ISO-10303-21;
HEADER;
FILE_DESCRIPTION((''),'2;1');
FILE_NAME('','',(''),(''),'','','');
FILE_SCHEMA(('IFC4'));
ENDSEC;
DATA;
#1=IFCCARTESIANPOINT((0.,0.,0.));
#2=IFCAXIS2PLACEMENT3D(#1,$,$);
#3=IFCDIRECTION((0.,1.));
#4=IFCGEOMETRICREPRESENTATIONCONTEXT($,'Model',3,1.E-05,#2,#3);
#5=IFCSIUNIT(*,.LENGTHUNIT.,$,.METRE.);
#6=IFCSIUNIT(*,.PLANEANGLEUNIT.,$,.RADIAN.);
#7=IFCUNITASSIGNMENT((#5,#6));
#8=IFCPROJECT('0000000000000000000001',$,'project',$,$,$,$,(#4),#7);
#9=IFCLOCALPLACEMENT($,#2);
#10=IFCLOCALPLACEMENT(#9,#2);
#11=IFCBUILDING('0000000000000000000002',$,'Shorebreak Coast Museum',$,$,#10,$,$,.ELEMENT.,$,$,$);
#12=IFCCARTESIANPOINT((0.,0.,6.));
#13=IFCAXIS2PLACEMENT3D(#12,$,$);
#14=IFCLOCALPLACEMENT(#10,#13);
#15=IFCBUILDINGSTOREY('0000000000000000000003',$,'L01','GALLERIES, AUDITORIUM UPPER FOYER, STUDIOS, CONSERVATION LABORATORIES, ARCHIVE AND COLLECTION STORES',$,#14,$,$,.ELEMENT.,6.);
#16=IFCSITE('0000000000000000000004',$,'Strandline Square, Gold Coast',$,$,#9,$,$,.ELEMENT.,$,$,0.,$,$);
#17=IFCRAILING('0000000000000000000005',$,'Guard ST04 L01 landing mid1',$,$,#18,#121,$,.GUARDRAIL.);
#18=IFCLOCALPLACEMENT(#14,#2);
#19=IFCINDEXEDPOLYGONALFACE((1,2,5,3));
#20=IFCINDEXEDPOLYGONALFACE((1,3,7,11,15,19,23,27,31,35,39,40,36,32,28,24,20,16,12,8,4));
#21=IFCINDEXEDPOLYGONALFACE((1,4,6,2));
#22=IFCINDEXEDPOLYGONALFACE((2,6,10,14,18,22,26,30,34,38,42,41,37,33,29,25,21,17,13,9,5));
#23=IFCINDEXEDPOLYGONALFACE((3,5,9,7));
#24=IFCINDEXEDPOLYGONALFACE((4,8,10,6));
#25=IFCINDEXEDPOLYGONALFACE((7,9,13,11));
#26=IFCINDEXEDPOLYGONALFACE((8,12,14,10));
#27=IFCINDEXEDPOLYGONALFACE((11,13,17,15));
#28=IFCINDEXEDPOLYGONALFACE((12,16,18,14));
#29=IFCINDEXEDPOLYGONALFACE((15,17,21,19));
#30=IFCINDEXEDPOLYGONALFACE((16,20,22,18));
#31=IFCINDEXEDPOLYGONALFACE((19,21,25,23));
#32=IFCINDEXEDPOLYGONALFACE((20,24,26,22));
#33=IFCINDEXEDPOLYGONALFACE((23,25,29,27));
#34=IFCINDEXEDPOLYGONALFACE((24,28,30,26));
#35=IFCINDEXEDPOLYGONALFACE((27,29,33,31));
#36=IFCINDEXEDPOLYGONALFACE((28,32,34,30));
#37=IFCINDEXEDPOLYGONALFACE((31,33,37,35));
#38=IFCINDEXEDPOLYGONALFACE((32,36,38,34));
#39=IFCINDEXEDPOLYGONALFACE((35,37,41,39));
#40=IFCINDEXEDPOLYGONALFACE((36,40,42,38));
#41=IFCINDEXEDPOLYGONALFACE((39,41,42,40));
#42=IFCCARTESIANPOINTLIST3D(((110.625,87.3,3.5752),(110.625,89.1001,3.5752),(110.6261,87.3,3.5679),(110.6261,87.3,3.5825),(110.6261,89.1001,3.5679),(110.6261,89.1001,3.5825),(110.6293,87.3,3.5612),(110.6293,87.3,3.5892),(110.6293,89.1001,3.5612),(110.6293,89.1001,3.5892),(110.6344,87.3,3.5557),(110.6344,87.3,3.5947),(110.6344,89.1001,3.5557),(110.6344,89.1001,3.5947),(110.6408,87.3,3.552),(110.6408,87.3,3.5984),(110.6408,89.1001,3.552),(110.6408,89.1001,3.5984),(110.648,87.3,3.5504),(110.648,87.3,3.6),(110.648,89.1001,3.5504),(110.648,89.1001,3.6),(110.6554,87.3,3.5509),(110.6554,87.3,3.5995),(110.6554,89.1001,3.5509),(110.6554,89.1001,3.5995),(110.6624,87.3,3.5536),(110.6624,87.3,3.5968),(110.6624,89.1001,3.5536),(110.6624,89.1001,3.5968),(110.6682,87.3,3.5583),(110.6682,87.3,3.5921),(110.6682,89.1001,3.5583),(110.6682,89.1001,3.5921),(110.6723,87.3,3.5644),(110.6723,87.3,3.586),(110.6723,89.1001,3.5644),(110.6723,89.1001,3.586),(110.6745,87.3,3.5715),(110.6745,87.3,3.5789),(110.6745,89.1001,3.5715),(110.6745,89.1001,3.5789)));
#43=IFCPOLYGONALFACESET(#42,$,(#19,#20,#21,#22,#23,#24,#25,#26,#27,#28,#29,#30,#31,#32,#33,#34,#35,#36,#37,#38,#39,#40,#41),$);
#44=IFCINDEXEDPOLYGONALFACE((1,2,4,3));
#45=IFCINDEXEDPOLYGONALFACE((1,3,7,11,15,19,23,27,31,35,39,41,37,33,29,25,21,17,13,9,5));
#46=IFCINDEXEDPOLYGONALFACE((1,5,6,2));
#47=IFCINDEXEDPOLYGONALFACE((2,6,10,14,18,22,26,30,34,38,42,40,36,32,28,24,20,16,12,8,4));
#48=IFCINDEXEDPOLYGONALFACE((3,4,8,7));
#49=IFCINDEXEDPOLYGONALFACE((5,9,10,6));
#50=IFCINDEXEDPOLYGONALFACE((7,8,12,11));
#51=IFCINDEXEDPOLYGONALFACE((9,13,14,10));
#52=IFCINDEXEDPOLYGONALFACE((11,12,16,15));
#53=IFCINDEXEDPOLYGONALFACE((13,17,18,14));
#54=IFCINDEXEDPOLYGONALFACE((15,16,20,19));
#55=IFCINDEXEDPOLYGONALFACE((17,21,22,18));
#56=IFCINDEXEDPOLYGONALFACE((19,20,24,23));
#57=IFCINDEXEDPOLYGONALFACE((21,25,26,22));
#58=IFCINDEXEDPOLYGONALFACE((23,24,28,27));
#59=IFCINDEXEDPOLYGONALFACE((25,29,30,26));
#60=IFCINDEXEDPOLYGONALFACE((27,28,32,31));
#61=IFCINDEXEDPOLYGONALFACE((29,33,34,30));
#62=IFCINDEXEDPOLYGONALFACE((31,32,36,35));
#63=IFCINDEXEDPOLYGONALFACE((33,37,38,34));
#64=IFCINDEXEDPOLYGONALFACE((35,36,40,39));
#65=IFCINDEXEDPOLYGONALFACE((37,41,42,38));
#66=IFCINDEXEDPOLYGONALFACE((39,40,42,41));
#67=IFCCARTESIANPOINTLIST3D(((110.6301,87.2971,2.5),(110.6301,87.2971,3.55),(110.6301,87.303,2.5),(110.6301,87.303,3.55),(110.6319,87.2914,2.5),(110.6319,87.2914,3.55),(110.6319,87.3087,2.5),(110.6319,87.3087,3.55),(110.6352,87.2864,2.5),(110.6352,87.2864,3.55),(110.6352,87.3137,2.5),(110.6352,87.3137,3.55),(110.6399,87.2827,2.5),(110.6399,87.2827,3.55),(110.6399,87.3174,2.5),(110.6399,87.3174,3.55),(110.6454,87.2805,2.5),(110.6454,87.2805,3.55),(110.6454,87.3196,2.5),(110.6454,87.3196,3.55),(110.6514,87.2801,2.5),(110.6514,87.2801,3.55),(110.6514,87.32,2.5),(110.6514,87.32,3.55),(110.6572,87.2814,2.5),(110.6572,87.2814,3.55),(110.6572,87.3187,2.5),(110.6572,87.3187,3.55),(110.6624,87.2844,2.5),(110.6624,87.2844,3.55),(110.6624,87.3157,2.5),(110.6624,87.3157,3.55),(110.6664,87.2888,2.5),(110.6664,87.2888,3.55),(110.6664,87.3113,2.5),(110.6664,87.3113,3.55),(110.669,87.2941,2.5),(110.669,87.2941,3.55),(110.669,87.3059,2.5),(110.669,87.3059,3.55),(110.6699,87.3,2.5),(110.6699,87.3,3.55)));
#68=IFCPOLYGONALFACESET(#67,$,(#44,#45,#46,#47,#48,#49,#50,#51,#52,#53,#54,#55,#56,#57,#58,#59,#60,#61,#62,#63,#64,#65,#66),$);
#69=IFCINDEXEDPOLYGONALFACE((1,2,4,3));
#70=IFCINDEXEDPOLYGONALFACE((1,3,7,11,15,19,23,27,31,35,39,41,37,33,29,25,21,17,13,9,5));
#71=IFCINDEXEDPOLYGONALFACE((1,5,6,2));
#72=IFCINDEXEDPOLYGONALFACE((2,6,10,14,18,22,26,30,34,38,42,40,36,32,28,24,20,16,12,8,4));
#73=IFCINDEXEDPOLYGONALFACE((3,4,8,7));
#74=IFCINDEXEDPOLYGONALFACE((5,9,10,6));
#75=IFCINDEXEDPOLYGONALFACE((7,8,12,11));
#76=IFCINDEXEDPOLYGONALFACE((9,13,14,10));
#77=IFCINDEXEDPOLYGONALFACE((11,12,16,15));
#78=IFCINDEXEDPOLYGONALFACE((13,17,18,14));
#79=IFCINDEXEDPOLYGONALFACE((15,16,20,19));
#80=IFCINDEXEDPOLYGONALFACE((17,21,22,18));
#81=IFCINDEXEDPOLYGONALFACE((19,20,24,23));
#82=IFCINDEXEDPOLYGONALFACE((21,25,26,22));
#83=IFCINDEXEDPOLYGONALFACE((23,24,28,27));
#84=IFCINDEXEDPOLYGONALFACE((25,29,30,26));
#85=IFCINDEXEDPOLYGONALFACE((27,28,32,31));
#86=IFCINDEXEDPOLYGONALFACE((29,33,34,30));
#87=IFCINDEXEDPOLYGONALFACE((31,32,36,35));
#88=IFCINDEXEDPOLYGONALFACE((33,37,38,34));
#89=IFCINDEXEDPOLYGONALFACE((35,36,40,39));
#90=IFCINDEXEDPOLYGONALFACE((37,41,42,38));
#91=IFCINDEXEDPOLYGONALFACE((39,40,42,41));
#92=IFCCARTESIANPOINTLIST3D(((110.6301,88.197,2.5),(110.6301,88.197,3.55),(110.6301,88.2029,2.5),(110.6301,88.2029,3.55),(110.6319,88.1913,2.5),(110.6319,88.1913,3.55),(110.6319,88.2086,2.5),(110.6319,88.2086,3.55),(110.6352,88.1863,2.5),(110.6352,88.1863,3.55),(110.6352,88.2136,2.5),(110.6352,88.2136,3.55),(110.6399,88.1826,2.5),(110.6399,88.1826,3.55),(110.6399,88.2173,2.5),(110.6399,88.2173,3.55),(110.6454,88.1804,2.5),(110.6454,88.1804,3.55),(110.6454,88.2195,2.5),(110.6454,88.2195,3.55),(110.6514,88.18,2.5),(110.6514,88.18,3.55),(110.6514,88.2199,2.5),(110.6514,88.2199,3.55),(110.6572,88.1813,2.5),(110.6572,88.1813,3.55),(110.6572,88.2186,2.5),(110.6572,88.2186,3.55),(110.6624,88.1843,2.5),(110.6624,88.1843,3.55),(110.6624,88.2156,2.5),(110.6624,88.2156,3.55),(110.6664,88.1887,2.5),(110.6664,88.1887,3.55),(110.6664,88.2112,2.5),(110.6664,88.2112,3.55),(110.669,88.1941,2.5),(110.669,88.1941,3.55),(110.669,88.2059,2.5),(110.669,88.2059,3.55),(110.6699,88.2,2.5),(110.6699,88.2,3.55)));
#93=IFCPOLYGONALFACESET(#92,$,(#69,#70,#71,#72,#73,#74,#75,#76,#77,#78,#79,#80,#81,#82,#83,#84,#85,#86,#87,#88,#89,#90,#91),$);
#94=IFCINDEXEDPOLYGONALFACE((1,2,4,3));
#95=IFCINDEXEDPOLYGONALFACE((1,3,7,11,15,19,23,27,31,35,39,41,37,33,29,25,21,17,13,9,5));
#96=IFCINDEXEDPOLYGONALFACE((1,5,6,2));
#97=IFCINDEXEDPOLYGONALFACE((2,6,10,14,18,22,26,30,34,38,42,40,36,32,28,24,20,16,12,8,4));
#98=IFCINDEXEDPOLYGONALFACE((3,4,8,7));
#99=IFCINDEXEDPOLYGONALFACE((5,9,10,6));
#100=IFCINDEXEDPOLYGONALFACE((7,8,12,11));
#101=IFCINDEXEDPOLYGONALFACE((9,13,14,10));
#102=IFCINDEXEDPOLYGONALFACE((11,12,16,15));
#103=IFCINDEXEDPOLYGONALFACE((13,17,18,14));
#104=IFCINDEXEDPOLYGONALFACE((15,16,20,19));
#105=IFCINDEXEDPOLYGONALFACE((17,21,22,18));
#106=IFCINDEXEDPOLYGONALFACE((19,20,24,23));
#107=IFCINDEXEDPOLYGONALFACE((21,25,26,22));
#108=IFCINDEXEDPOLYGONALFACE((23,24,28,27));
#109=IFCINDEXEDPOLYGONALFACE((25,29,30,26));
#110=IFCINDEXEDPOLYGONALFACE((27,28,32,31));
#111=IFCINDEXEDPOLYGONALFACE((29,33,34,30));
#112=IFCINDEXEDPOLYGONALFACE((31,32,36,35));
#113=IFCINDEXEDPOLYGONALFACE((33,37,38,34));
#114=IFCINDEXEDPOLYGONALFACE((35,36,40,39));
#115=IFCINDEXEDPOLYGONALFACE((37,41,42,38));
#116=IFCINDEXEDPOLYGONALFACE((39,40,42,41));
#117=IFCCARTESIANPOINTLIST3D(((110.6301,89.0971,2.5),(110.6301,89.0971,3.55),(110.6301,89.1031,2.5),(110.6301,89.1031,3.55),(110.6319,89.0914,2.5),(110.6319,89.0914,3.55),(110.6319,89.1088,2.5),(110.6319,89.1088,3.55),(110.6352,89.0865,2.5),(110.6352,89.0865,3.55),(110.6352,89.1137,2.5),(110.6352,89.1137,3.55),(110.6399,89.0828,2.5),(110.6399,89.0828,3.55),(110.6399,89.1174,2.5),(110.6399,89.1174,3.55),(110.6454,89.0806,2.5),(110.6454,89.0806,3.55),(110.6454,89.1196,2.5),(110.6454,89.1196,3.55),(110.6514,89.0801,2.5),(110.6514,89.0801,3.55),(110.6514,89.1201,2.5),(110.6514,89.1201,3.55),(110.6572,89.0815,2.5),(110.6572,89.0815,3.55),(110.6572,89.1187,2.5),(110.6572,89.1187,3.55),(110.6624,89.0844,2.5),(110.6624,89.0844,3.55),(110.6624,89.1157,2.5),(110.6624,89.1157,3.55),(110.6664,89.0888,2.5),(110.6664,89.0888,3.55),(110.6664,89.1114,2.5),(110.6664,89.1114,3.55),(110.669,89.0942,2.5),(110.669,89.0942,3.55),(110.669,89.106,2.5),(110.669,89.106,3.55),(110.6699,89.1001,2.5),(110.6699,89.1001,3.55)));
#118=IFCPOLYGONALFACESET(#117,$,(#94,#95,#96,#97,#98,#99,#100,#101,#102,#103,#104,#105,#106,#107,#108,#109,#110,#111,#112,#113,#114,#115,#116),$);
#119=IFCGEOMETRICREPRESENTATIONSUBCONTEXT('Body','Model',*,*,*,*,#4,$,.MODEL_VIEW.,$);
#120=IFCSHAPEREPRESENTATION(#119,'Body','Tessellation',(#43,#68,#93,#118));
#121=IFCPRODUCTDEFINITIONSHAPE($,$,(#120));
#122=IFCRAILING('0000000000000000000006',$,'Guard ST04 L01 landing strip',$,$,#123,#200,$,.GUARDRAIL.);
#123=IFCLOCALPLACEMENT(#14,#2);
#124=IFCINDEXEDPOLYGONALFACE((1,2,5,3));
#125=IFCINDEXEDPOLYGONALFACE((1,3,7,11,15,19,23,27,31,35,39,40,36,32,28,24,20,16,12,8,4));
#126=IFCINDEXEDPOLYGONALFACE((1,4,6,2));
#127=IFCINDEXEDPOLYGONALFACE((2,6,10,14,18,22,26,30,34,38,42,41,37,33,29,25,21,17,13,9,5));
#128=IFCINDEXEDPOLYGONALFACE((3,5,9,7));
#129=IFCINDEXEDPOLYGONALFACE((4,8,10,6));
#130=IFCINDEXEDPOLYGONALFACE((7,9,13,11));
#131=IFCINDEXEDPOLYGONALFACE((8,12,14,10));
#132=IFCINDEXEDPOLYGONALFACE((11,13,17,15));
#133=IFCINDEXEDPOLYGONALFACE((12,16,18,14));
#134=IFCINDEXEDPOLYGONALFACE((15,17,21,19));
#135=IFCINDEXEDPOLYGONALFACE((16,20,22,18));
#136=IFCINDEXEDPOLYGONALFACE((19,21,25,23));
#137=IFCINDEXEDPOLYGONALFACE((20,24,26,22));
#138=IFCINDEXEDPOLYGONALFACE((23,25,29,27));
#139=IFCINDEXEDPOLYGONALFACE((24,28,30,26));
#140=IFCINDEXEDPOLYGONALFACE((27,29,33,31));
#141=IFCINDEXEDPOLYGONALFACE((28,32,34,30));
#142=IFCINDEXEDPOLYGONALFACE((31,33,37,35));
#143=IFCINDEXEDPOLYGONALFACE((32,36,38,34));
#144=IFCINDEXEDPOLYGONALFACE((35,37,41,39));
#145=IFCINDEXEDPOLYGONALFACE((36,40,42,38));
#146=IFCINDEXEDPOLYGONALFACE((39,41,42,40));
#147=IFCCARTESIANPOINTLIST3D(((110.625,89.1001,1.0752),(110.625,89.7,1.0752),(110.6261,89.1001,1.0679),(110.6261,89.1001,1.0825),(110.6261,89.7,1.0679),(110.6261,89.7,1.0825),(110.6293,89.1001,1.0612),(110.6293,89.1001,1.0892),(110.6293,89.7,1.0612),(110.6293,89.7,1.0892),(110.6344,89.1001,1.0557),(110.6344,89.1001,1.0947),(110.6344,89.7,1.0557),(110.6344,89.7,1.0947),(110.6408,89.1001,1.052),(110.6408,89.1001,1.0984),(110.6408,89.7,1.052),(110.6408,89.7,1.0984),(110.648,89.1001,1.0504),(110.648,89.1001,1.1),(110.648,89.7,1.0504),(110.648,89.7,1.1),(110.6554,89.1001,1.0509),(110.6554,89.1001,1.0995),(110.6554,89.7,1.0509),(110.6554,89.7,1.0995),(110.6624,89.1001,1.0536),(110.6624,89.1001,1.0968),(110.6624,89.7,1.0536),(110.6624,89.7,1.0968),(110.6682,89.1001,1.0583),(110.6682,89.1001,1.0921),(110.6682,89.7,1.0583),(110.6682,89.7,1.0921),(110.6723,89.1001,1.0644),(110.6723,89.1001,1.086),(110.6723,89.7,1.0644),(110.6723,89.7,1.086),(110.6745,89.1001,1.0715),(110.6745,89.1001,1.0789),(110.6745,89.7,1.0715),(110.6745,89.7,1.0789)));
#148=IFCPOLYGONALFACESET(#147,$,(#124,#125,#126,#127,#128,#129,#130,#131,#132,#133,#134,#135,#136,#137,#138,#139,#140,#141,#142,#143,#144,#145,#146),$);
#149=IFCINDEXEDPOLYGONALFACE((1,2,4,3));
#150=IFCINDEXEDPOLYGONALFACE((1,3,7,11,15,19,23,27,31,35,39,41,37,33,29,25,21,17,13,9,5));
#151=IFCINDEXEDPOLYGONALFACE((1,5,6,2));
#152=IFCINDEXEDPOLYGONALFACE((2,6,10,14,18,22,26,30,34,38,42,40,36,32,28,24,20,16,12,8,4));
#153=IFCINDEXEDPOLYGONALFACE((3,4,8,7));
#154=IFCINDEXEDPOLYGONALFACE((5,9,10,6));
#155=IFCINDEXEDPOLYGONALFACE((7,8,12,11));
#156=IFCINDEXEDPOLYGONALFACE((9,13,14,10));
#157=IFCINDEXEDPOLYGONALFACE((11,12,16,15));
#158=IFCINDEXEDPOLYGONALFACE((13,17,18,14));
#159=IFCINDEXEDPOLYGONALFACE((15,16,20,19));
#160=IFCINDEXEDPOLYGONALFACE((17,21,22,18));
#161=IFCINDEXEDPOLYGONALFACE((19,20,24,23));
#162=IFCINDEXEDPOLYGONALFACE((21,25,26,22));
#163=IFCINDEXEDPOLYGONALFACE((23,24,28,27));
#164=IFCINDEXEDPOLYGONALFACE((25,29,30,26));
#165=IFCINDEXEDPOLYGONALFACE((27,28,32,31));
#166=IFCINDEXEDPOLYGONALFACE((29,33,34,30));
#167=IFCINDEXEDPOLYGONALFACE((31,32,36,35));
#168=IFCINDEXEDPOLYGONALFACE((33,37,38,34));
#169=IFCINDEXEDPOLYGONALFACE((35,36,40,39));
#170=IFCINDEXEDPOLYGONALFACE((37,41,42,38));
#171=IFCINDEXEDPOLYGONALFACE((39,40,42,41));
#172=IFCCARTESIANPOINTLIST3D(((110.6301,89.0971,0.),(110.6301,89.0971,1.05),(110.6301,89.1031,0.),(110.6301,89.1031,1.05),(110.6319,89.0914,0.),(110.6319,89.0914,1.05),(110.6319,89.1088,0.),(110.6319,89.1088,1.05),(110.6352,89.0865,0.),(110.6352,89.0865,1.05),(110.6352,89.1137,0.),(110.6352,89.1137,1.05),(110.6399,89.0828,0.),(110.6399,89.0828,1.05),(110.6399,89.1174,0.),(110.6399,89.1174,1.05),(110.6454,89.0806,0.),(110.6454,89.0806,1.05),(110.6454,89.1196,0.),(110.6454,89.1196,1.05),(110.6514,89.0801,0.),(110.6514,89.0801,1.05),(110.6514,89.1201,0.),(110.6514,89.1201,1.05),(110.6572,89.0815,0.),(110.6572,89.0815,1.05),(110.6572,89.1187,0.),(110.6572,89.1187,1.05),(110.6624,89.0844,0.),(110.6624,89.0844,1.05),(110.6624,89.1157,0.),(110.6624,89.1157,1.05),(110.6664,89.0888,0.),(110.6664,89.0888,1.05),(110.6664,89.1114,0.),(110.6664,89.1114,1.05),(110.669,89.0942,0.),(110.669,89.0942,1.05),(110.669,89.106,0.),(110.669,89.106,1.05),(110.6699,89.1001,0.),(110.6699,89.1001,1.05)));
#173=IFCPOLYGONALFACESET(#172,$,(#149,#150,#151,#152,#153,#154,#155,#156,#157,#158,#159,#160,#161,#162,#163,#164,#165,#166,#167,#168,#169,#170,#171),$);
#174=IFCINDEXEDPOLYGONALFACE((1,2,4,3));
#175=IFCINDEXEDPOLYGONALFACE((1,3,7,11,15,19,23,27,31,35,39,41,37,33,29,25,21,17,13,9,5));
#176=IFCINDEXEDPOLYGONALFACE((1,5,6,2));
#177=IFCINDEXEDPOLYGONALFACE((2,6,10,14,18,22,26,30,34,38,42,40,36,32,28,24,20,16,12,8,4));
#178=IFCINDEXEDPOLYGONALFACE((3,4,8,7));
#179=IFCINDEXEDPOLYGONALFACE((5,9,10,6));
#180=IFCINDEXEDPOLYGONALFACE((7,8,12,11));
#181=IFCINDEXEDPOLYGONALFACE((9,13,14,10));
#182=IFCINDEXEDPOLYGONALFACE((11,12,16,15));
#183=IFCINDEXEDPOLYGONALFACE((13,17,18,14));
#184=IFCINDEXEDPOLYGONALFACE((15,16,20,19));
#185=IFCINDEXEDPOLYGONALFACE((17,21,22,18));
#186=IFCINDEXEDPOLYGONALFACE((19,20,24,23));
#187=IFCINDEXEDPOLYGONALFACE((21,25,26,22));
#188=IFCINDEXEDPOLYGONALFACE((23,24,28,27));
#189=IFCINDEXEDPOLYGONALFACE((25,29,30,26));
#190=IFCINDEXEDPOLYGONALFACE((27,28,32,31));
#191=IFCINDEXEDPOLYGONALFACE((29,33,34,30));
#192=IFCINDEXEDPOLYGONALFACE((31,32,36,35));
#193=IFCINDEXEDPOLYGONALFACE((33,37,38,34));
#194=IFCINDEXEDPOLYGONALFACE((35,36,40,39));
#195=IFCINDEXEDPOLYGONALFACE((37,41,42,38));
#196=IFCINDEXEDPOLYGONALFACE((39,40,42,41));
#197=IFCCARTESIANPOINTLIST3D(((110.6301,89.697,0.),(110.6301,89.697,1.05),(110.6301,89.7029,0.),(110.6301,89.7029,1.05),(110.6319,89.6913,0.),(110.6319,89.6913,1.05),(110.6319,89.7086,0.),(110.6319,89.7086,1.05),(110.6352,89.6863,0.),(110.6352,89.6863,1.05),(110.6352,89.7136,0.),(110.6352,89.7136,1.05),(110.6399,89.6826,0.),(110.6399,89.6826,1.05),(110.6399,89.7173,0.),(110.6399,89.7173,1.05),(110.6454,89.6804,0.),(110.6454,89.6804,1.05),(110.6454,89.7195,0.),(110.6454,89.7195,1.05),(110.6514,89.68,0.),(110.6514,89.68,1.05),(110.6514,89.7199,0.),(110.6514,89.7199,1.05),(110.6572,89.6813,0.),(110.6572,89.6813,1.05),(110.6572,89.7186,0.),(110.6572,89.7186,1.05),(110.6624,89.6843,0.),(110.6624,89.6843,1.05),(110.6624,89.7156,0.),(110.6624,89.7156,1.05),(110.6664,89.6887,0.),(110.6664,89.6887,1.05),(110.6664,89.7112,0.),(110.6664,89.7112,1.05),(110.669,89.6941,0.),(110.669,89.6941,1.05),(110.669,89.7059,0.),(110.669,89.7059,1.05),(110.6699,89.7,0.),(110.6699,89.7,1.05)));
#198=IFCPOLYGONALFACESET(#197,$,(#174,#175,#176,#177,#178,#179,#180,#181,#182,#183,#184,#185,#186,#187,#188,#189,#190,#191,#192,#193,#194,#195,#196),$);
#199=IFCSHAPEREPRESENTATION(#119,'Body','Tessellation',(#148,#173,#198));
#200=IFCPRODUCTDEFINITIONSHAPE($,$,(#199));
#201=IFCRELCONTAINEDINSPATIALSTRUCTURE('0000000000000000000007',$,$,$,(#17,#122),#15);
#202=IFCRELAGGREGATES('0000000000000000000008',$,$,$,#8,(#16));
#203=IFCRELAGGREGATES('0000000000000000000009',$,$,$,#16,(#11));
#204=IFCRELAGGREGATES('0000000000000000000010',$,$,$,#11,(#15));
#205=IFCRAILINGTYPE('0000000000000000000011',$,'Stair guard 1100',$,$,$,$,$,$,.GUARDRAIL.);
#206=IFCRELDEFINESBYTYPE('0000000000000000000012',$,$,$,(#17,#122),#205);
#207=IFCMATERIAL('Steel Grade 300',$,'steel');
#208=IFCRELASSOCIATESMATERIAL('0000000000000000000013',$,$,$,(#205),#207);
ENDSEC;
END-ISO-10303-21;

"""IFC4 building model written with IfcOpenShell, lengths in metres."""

from ifc_helpers import new_model, si_unit, direction, frame, origin, origin_2d, place, context, subcontext, project, spatial, circle, extrude, material, type_object, element, save


model = new_model("IFC4")

# Units and contexts
model_context = context("Model", 3, precision=1e-05, world=origin(), true_north=direction((0.0, 1.0)))
body_context = subcontext(model_context, "Body", "Model", "MODEL_VIEW")
ifc_project = project(units=[si_unit("LENGTHUNIT", "METRE"), si_unit("PLANEANGLEUNIT", "RADIAN")], contexts=[model_context])

# Site, building, storey
site_placement = place(None, origin())
site = spatial("IfcSite", under=ifc_project, at=site_placement, Name="Strandline Square, Gold Coast", CompositionType="ELEMENT", RefElevation=0.0)
building_placement = place(site_placement, origin())
building = spatial("IfcBuilding", under=site, at=building_placement, Name="Shorebreak Coast Museum", CompositionType="ELEMENT")
storey_placement = place(building_placement, frame((0.0, 0.0, 6.0)))
storey = spatial("IfcBuildingStorey", under=building, at=storey_placement, Name="L01", Description="GALLERIES, AUDITORIUM UPPER FOYER, STUDIOS, CONSERVATION LABORATORIES, ARCHIVE AND COLLECTION STORES", CompositionType="ELEMENT", Elevation=6.0)

# Railings
ifc_material_1 = material(Name="Steel Grade 300", Category="steel")
railing_type_1 = type_object("IfcRailingType", Name="Stair guard 1100", PredefinedType="GUARDRAIL", material=ifc_material_1)
for number, where, name in (
    (1, (110.6499, 87.3, 2.5), "Guard ST04 L01 landing mid1"),
):
    element("IfcRailing", number, at=place(storey_placement, frame(where)), inside=storey, type_object=railing_type_1, Name=name, PredefinedType="GUARDRAIL", context=body_context, shape_type="SweptSolid", body=[
        extrude(circle(Radius=0.0249, at=origin_2d()), frame((0.0, 0.0, 1.0752), z_axis=(0.0, 1.0, 0.0), x_axis=(-1.0, 0.0, 0.0)), (0.0, 0.0, 1.0), 1.8),
        extrude(circle(Radius=0.02, at=origin_2d()), origin(), (0.0, 0.0, 1.0), 1.05),
        extrude(circle(Radius=0.02, at=origin_2d()), frame((0.0, 0.8999, 0.0)), (0.0, 0.0, 1.0), 1.05),
        extrude(circle(Radius=0.02, at=origin_2d()), frame((0.0, 1.8, 0.0)), (0.0, 0.0, 1.0), 1.05),
    ])
for number, where, name in (
    (2, (110.6499, 89.1001, 0.0), "Guard ST04 L01 landing strip"),
):
    element("IfcRailing", number, at=place(storey_placement, frame(where)), inside=storey, type_object=railing_type_1, Name=name, PredefinedType="GUARDRAIL", context=body_context, shape_type="SweptSolid", body=[
        extrude(circle(Radius=0.0249, at=origin_2d()), frame((0.0, 0.0, 1.0752), z_axis=(0.0, 1.0, 0.0), x_axis=(-1.0, 0.0, 0.0)), (0.0, 0.0, 1.0), 0.5999),
        extrude(circle(Radius=0.02, at=origin_2d()), origin(), (0.0, 0.0, 1.0), 1.05),
        extrude(circle(Radius=0.02, at=origin_2d()), frame((0.0, 0.5999, 0.0)), (0.0, 0.0, 1.0), 1.05),
    ])

save(model, "model.ifc")
